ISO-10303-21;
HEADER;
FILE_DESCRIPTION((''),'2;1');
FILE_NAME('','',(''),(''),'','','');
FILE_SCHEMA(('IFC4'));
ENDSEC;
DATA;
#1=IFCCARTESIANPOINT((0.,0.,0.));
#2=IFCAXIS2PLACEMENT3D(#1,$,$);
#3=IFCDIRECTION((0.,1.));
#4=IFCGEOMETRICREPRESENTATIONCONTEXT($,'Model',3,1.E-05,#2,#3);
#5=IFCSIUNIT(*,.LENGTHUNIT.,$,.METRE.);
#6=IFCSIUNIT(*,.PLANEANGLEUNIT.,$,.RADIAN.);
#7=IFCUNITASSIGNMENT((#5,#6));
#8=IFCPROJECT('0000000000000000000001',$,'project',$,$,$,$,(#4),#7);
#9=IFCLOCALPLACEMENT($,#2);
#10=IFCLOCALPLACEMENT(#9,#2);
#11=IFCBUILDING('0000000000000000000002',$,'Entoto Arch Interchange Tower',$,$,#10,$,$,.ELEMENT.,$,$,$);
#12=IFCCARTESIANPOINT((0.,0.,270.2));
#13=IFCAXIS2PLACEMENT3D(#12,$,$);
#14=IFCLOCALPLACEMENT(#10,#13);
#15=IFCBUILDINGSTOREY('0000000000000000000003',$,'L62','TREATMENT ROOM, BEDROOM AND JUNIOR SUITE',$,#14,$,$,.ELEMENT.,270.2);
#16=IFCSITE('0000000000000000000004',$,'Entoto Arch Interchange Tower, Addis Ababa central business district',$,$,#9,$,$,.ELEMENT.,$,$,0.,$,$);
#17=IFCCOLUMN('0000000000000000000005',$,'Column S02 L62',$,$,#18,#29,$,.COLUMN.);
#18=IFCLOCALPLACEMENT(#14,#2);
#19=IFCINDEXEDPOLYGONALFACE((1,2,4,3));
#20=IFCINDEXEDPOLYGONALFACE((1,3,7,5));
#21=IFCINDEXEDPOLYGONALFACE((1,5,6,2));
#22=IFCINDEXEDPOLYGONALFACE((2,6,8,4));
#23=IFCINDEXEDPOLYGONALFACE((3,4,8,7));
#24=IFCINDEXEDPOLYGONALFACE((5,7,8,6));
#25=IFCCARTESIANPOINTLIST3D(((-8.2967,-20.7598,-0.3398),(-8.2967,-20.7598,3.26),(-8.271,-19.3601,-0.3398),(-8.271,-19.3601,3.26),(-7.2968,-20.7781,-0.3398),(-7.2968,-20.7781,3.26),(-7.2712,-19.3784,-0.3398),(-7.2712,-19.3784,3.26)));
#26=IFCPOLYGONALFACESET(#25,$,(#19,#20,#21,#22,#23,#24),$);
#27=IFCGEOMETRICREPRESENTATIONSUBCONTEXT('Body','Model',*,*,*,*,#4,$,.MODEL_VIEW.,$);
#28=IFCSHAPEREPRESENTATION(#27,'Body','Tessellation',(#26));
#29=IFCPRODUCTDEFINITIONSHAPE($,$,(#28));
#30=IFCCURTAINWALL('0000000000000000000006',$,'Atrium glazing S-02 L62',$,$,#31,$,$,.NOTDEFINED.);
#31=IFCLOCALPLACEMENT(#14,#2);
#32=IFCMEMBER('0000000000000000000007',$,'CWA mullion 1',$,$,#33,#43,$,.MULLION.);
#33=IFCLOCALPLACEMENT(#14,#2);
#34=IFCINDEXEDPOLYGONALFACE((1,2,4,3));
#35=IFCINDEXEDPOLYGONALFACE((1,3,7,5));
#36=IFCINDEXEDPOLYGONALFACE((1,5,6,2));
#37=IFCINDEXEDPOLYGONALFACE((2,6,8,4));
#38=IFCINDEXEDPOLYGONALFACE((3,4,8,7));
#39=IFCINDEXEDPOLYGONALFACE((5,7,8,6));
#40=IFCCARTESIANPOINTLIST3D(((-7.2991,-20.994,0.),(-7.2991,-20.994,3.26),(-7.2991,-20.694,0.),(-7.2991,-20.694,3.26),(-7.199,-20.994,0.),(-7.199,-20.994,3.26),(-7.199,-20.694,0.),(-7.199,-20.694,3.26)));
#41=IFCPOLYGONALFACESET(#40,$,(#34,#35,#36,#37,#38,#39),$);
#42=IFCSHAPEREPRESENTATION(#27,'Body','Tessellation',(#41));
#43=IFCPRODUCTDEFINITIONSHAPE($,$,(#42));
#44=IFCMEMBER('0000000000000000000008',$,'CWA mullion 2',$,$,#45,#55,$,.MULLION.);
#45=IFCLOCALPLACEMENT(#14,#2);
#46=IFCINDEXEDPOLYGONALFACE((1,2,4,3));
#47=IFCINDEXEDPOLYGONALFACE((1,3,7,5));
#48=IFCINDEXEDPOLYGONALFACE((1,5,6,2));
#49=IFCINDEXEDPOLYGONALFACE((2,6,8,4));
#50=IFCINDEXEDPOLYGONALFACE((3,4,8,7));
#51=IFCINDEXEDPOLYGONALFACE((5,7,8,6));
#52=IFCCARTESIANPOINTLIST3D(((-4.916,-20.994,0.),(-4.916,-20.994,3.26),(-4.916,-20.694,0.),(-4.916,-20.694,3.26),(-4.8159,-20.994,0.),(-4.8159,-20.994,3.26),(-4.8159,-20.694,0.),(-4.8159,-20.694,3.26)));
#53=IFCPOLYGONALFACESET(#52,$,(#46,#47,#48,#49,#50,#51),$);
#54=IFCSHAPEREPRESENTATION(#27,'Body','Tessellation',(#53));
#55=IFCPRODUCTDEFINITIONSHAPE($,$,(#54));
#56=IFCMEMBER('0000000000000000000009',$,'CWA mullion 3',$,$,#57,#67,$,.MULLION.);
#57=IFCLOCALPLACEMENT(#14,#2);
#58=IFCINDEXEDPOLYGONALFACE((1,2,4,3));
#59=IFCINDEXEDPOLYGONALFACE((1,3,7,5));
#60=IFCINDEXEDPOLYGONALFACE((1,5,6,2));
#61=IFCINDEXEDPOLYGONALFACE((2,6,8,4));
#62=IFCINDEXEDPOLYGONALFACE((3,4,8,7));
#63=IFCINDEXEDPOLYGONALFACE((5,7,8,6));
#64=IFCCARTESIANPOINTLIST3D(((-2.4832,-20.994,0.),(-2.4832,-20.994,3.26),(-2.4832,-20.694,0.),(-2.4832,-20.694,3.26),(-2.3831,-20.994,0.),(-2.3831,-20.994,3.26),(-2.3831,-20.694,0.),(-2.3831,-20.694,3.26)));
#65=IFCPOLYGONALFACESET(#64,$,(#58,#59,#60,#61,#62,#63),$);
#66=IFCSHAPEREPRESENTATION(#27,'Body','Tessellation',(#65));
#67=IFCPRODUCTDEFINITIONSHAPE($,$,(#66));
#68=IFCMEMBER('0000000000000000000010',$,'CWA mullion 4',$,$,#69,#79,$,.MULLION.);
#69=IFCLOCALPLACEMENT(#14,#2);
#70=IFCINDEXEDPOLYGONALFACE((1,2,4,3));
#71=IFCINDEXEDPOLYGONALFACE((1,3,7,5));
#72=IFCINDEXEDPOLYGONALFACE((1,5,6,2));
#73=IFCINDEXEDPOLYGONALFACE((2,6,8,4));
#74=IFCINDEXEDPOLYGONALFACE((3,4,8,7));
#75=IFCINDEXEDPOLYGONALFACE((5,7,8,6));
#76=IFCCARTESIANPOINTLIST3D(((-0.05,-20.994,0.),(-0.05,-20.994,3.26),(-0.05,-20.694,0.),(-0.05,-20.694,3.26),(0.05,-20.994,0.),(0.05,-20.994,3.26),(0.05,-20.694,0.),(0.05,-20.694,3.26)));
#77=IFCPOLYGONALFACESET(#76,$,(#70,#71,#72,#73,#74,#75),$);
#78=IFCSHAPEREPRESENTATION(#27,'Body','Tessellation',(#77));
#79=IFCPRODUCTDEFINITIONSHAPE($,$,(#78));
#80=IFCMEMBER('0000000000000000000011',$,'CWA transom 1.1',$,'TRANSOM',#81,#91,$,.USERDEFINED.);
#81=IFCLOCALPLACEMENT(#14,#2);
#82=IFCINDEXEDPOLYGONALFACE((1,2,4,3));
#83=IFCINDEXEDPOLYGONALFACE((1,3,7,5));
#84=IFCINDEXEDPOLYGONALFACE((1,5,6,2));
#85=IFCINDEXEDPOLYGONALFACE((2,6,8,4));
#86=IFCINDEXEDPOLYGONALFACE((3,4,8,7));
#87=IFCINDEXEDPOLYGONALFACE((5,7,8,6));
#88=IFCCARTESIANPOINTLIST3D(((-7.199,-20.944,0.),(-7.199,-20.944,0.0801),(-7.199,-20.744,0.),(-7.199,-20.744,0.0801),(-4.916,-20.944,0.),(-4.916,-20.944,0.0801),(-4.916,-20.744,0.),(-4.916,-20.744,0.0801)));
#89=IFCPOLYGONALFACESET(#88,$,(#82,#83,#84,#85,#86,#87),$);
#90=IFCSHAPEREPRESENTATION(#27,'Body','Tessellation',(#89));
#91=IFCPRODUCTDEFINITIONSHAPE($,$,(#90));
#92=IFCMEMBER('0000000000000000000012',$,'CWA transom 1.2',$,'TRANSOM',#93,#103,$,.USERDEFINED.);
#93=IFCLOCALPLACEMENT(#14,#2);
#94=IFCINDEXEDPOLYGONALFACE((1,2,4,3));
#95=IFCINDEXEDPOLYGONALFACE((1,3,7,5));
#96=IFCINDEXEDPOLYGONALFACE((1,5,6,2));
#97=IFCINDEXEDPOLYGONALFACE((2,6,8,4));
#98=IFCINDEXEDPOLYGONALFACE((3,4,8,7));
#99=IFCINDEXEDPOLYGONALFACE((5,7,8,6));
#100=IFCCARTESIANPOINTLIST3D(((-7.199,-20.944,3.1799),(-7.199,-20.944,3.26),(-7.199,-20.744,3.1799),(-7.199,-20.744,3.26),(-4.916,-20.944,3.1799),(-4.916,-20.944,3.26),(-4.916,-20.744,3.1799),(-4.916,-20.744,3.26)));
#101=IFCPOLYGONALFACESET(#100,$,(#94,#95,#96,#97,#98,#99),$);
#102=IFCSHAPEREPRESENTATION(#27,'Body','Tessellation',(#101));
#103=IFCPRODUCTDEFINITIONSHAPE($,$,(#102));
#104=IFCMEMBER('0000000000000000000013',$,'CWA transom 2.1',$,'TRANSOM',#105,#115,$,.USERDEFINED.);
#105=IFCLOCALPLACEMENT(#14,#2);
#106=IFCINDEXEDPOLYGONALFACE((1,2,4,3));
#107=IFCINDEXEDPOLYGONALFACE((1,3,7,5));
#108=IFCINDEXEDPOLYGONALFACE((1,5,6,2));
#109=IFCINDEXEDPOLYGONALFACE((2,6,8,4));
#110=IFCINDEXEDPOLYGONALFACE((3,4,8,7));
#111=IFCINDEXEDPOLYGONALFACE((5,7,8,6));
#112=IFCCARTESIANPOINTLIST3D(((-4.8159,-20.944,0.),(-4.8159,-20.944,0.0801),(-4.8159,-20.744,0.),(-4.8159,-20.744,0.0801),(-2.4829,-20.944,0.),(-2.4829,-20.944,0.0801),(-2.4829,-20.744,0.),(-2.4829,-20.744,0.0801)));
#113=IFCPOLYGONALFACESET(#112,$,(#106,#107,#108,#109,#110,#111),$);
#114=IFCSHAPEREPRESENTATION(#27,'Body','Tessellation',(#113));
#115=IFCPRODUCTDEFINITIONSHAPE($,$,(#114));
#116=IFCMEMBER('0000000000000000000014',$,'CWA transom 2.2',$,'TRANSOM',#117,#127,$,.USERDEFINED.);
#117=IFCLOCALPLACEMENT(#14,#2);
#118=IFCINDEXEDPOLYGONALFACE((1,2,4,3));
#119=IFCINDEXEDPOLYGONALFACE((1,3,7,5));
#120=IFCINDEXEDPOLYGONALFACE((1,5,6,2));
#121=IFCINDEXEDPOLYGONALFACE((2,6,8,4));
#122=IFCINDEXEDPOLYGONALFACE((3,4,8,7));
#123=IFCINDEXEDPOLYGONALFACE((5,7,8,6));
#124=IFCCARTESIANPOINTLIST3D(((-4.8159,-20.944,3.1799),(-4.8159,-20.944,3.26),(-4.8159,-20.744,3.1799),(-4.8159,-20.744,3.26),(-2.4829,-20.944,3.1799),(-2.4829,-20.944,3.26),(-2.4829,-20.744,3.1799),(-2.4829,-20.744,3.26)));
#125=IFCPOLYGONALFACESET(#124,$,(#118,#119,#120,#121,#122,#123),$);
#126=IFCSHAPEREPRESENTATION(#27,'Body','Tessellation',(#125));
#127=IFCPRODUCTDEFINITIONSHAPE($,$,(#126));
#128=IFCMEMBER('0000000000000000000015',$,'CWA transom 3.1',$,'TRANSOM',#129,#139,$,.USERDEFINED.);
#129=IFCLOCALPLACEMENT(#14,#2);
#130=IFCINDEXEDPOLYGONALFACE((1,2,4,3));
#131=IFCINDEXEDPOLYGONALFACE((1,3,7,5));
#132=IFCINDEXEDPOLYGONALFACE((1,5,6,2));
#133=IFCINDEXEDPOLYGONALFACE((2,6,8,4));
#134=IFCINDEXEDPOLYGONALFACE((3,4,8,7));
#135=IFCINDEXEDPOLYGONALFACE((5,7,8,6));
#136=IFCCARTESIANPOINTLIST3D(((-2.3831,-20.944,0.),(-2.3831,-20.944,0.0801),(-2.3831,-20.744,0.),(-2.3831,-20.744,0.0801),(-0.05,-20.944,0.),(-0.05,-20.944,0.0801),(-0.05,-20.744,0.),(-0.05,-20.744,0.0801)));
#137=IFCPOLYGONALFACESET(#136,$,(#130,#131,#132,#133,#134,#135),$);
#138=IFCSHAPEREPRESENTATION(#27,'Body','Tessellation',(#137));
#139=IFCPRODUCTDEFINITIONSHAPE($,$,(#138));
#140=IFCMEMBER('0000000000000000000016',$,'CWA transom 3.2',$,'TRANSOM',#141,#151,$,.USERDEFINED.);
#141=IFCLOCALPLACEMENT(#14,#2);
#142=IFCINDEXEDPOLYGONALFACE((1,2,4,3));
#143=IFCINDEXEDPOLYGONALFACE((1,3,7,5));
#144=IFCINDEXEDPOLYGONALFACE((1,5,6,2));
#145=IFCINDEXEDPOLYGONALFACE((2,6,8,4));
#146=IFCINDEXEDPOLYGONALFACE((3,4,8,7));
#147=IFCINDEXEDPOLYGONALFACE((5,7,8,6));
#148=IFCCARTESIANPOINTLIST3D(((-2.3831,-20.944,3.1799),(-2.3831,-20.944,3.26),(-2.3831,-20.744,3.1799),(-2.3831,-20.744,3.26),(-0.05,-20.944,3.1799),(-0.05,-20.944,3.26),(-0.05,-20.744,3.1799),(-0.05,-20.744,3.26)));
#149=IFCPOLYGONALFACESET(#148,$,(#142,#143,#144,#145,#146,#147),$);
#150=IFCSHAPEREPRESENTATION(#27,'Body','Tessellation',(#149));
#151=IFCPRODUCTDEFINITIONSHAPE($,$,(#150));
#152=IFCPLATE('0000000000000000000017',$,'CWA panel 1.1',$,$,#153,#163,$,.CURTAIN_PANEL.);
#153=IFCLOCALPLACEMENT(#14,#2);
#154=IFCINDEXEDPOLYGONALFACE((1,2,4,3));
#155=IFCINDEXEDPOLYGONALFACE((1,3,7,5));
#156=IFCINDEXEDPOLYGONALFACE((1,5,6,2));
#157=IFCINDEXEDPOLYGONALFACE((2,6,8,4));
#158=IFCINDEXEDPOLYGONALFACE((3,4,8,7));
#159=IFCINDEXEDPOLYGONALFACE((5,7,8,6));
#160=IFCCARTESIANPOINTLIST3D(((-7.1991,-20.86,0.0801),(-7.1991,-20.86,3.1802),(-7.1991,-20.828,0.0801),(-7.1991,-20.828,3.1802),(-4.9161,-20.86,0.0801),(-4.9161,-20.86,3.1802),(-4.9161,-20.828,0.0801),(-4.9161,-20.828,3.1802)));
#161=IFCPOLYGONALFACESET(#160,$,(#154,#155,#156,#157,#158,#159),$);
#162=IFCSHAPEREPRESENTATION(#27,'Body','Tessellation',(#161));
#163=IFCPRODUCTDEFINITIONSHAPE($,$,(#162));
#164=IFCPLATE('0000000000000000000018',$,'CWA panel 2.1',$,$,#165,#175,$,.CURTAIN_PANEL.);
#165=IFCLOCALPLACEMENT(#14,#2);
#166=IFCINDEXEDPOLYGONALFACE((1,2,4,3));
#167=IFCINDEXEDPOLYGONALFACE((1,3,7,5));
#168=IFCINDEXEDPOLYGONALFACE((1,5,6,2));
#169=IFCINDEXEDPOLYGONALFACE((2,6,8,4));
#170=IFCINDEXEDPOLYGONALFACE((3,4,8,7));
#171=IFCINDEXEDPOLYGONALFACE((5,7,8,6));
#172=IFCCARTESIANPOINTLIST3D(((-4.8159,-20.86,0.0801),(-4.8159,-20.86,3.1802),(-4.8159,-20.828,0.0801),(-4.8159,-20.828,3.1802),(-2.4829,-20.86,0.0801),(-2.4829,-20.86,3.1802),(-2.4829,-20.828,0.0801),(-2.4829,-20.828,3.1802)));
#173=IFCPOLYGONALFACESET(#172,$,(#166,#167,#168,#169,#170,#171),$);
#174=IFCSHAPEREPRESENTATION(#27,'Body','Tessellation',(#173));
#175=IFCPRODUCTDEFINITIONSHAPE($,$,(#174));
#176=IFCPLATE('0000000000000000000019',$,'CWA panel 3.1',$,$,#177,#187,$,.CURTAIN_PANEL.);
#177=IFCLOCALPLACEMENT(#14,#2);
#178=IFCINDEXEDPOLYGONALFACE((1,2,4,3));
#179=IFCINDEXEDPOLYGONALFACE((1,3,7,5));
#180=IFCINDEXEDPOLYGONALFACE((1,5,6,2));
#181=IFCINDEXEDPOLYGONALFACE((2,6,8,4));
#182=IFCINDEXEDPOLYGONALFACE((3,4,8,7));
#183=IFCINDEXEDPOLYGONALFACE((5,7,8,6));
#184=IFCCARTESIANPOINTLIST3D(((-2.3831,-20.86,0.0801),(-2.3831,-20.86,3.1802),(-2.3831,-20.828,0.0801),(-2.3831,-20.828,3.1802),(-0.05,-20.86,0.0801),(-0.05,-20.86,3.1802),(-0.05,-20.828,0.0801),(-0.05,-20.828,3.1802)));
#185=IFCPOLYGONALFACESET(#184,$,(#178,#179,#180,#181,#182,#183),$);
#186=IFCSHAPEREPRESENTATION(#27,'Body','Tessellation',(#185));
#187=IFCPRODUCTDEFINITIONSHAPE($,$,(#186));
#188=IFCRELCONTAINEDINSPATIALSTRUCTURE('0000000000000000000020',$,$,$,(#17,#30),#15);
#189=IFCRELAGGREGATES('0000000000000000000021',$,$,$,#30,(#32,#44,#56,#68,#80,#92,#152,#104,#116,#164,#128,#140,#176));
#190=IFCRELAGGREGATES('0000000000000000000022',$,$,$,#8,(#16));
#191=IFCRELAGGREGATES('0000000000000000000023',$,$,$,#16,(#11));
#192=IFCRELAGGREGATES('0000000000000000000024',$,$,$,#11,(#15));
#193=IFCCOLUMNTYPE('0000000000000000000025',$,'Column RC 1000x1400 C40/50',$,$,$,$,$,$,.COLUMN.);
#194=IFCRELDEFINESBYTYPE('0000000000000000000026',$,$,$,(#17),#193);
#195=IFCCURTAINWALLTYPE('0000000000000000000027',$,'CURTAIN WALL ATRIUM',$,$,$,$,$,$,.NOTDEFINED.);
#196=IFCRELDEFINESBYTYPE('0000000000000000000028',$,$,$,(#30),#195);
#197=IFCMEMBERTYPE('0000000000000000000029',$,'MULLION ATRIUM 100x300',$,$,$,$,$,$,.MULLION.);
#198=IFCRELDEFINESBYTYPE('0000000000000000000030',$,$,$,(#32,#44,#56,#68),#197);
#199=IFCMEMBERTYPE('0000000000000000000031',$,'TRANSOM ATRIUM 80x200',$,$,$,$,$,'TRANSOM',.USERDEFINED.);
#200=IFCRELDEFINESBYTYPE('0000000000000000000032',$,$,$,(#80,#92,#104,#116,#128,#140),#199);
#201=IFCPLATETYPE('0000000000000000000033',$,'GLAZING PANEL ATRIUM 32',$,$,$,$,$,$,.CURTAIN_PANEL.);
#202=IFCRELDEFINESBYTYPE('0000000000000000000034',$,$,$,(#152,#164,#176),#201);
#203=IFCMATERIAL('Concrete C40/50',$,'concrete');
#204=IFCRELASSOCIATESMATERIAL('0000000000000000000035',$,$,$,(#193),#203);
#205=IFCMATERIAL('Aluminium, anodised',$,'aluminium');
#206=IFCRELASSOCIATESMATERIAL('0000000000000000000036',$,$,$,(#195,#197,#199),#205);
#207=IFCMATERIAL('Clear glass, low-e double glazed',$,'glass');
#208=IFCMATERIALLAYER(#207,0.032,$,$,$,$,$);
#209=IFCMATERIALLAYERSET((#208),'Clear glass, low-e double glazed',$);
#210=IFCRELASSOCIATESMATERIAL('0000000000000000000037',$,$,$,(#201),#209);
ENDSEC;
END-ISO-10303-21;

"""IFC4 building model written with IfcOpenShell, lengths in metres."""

from ifc_helpers import new_model, si_unit, direction, frame, origin, origin_2d, place, context, subcontext, project, spatial, rectangle, extrude, material, layer, layer_set, material_profile, profile_set, type_object, element, aggregate, save


model = new_model("IFC4")

# Units and contexts
model_context = context("Model", 3, precision=1e-05, world=origin(), true_north=direction((0.0, 1.0)))
body_context = subcontext(model_context, "Body", "Model", "MODEL_VIEW")
ifc_project = project(units=[si_unit("LENGTHUNIT", "METRE"), si_unit("PLANEANGLEUNIT", "RADIAN")], contexts=[model_context])

# Site, building, storey
site_placement = place(None, origin())
site = spatial("IfcSite", under=ifc_project, at=site_placement, Name="Entoto Arch Interchange Tower, Addis Ababa central business district", CompositionType="ELEMENT", RefElevation=0.0)
building_placement = place(site_placement, origin())
building = spatial("IfcBuilding", under=site, at=building_placement, Name="Entoto Arch Interchange Tower", CompositionType="ELEMENT")
storey_placement = place(building_placement, frame((0.0, 0.0, 270.2)))
storey = spatial("IfcBuildingStorey", under=building, at=storey_placement, Name="L62", Description="TREATMENT ROOM, BEDROOM AND JUNIOR SUITE", CompositionType="ELEMENT", Elevation=270.2)

# Column
ifc_material_1 = material(Name="Concrete C40/50", Category="concrete")
ifc_material_profile_1 = material_profile(ifc_material_1, rectangle(XDim=1.0, YDim=1.3999, at=origin_2d()))
ifc_profile_set_1 = profile_set([ifc_material_profile_1], Name="Concrete C40/50")
column_type = type_object("IfcColumnType", Name="Column RC 1000x1400 C40/50", PredefinedType="COLUMN", material=ifc_profile_set_1)
column_placement = place(storey_placement, frame((-7.7839, -20.0691, -0.3398), z_axis=(0.0, 0.0, 1.0), x_axis=(-0.999833, 0.01829, 0.0)))
element("IfcColumn", 1, at=column_placement, inside=storey, type_object=column_type, Name="Column S02 L62", PredefinedType="COLUMN", context=body_context, shape_type="SweptSolid", body=[
    extrude(rectangle(XDim=1.0, YDim=1.3999, at=origin_2d()), origin(), (0.0, 0.0, 1.0), 3.5999),
])

# Curtain wall, members, plates
ifc_material_2 = material(Name="Aluminium, anodised", Category="aluminium")
curtain_wall_type = type_object("IfcCurtainWallType", Name="CURTAIN WALL ATRIUM", PredefinedType="NOTDEFINED", material=ifc_material_2)
curtain_wall_placement = place(storey_placement, origin())
curtain_wall = element("IfcCurtainWall", 2, at=curtain_wall_placement, inside=storey, type_object=curtain_wall_type, Name="Atrium glazing S-02 L62", PredefinedType="NOTDEFINED")
ifc_material_profile_2 = material_profile(ifc_material_2, rectangle(XDim=0.3, YDim=0.1001, at=origin_2d()))
ifc_profile_set_2 = profile_set([ifc_material_profile_2], Name="Aluminium, anodised")
member_type_1 = type_object("IfcMemberType", Name="MULLION ATRIUM 100x300", PredefinedType="MULLION", material=ifc_profile_set_2)
member_1_placement = place(storey_placement, frame((-7.249, -20.844, 0.0), z_axis=(0.0, 0.0, 1.0), x_axis=(0.0, 1.0, 0.0)))
member_1 = element("IfcMember", 3, at=member_1_placement, type_object=member_type_1, Name="CWA mullion 1", PredefinedType="MULLION", context=body_context, shape_type="SweptSolid", body=[
    extrude(rectangle(XDim=0.3, YDim=0.1001, at=origin_2d()), origin(), (0.0, 0.0, 1.0), 3.26),
])
member_2_placement = place(storey_placement, frame((-4.866, -20.844, 0.0), z_axis=(0.0, 0.0, 1.0), x_axis=(0.0, 1.0, 0.0)))
member_2 = element("IfcMember", 4, at=member_2_placement, type_object=member_type_1, Name="CWA mullion 2", PredefinedType="MULLION", context=body_context, shape_type="SweptSolid", body=[
    extrude(rectangle(XDim=0.3, YDim=0.1001, at=origin_2d()), origin(), (0.0, 0.0, 1.0), 3.26),
])
member_3_placement = place(storey_placement, frame((-2.4331, -20.844, 0.0), z_axis=(0.0, 0.0, 1.0), x_axis=(0.0, 1.0, 0.0)))
member_3 = element("IfcMember", 5, at=member_3_placement, type_object=member_type_1, Name="CWA mullion 3", PredefinedType="MULLION", context=body_context, shape_type="SweptSolid", body=[
    extrude(rectangle(XDim=0.3, YDim=0.1001, at=origin_2d()), origin(), (0.0, 0.0, 1.0), 3.26),
])
member_4_placement = place(storey_placement, frame((0.0, -20.844, 0.0), z_axis=(0.0, 0.0, 1.0), x_axis=(0.0, 1.0, 0.0)))
member_4 = element("IfcMember", 6, at=member_4_placement, type_object=member_type_1, Name="CWA mullion 4", PredefinedType="MULLION", context=body_context, shape_type="SweptSolid", body=[
    extrude(rectangle(XDim=0.3, YDim=0.1001, at=origin_2d()), origin(), (0.0, 0.0, 1.0), 3.26),
])
ifc_material_profile_3 = material_profile(ifc_material_2, rectangle(XDim=0.2, YDim=0.0801, at=origin_2d()))
ifc_profile_set_3 = profile_set([ifc_material_profile_3], Name="Aluminium, anodised")
member_type_2 = type_object("IfcMemberType", Name="TRANSOM ATRIUM 80x200", ElementType="TRANSOM", PredefinedType="USERDEFINED", material=ifc_profile_set_3)
member_5_placement = place(storey_placement, frame((-7.199, -20.844, 0.04), z_axis=(1.0, 0.0, 0.0), x_axis=(0.0, 1.0, 0.0)))
member_5 = element("IfcMember", 7, at=member_5_placement, type_object=member_type_2, Name="CWA transom 1.1", ObjectType="TRANSOM", PredefinedType="USERDEFINED", context=body_context, shape_type="SweptSolid", body=[
    extrude(rectangle(XDim=0.2, YDim=0.0801, at=origin_2d()), origin(), (0.0, 0.0, 1.0), 2.283),
])
member_6_placement = place(storey_placement, frame((-7.199, -20.844, 3.22), z_axis=(1.0, 0.0, 0.0), x_axis=(0.0, 1.0, 0.0)))
member_6 = element("IfcMember", 8, at=member_6_placement, type_object=member_type_2, Name="CWA transom 1.2", ObjectType="TRANSOM", PredefinedType="USERDEFINED", context=body_context, shape_type="SweptSolid", body=[
    extrude(rectangle(XDim=0.2, YDim=0.0801, at=origin_2d()), origin(), (0.0, 0.0, 1.0), 2.283),
])
member_7_placement = place(storey_placement, frame((-4.8159, -20.844, 0.04), z_axis=(1.0, 0.0, 0.0), x_axis=(0.0, 1.0, 0.0)))
member_7 = element("IfcMember", 9, at=member_7_placement, type_object=member_type_2, Name="CWA transom 2.1", ObjectType="TRANSOM", PredefinedType="USERDEFINED", context=body_context, shape_type="SweptSolid", body=[
    extrude(rectangle(XDim=0.2, YDim=0.0801, at=origin_2d()), origin(), (0.0, 0.0, 1.0), 2.333),
])
member_8_placement = place(storey_placement, frame((-4.8159, -20.844, 3.22), z_axis=(1.0, 0.0, 0.0), x_axis=(0.0, 1.0, 0.0)))
member_8 = element("IfcMember", 10, at=member_8_placement, type_object=member_type_2, Name="CWA transom 2.2", ObjectType="TRANSOM", PredefinedType="USERDEFINED", context=body_context, shape_type="SweptSolid", body=[
    extrude(rectangle(XDim=0.2, YDim=0.0801, at=origin_2d()), origin(), (0.0, 0.0, 1.0), 2.333),
])
member_9_placement = place(storey_placement, frame((-2.3831, -20.844, 0.04), z_axis=(1.0, 0.0, 0.0), x_axis=(0.0, 1.0, 0.0)))
member_9 = element("IfcMember", 11, at=member_9_placement, type_object=member_type_2, Name="CWA transom 3.1", ObjectType="TRANSOM", PredefinedType="USERDEFINED", context=body_context, shape_type="SweptSolid", body=[
    extrude(rectangle(XDim=0.2, YDim=0.0801, at=origin_2d()), origin(), (0.0, 0.0, 1.0), 2.333),
])
member_10_placement = place(storey_placement, frame((-2.3831, -20.844, 3.22), z_axis=(1.0, 0.0, 0.0), x_axis=(0.0, 1.0, 0.0)))
member_10 = element("IfcMember", 12, at=member_10_placement, type_object=member_type_2, Name="CWA transom 3.2", ObjectType="TRANSOM", PredefinedType="USERDEFINED", context=body_context, shape_type="SweptSolid", body=[
    extrude(rectangle(XDim=0.2, YDim=0.0801, at=origin_2d()), origin(), (0.0, 0.0, 1.0), 2.333),
])
ifc_material_3 = material(Name="Clear glass, low-e double glazed", Category="glass")
ifc_layer_1 = layer(ifc_material_3, 0.032)
ifc_layer_set_1 = layer_set([ifc_layer_1], Name="Clear glass, low-e double glazed")
plate_type = type_object("IfcPlateType", Name="GLAZING PANEL ATRIUM 32", PredefinedType="CURTAIN_PANEL", material=ifc_layer_set_1)
plate_1_placement = place(storey_placement, frame((-6.0576, -20.844, 0.0801), z_axis=(0.0, 0.0, 1.0), x_axis=(1.0, 0.0, 0.0)))
plate_1 = element("IfcPlate", 13, at=plate_1_placement, type_object=plate_type, Name="CWA panel 1.1", PredefinedType="CURTAIN_PANEL", context=body_context, shape_type="SweptSolid", body=[
    extrude(rectangle(XDim=2.283, YDim=0.032, at=origin_2d()), origin(), (0.0, 0.0, 1.0), 3.1001),
])
plate_2_placement = place(storey_placement, frame((-3.6494, -20.844, 0.0801), z_axis=(0.0, 0.0, 1.0), x_axis=(1.0, 0.0, 0.0)))
plate_2 = element("IfcPlate", 14, at=plate_2_placement, type_object=plate_type, Name="CWA panel 2.1", PredefinedType="CURTAIN_PANEL", context=body_context, shape_type="SweptSolid", body=[
    extrude(rectangle(XDim=2.333, YDim=0.032, at=origin_2d()), origin(), (0.0, 0.0, 1.0), 3.1001),
])
plate_3_placement = place(storey_placement, frame((-1.2166, -20.844, 0.0801), z_axis=(0.0, 0.0, 1.0), x_axis=(1.0, 0.0, 0.0)))
plate_3 = element("IfcPlate", 15, at=plate_3_placement, type_object=plate_type, Name="CWA panel 3.1", PredefinedType="CURTAIN_PANEL", context=body_context, shape_type="SweptSolid", body=[
    extrude(rectangle(XDim=2.333, YDim=0.032, at=origin_2d()), origin(), (0.0, 0.0, 1.0), 3.1001),
])
aggregate(curtain_wall, [member_1, member_2, member_3, member_4, member_5, member_6, plate_1, member_7, member_8, plate_2, member_9, member_10, plate_3])

save(model, "model.ifc")
